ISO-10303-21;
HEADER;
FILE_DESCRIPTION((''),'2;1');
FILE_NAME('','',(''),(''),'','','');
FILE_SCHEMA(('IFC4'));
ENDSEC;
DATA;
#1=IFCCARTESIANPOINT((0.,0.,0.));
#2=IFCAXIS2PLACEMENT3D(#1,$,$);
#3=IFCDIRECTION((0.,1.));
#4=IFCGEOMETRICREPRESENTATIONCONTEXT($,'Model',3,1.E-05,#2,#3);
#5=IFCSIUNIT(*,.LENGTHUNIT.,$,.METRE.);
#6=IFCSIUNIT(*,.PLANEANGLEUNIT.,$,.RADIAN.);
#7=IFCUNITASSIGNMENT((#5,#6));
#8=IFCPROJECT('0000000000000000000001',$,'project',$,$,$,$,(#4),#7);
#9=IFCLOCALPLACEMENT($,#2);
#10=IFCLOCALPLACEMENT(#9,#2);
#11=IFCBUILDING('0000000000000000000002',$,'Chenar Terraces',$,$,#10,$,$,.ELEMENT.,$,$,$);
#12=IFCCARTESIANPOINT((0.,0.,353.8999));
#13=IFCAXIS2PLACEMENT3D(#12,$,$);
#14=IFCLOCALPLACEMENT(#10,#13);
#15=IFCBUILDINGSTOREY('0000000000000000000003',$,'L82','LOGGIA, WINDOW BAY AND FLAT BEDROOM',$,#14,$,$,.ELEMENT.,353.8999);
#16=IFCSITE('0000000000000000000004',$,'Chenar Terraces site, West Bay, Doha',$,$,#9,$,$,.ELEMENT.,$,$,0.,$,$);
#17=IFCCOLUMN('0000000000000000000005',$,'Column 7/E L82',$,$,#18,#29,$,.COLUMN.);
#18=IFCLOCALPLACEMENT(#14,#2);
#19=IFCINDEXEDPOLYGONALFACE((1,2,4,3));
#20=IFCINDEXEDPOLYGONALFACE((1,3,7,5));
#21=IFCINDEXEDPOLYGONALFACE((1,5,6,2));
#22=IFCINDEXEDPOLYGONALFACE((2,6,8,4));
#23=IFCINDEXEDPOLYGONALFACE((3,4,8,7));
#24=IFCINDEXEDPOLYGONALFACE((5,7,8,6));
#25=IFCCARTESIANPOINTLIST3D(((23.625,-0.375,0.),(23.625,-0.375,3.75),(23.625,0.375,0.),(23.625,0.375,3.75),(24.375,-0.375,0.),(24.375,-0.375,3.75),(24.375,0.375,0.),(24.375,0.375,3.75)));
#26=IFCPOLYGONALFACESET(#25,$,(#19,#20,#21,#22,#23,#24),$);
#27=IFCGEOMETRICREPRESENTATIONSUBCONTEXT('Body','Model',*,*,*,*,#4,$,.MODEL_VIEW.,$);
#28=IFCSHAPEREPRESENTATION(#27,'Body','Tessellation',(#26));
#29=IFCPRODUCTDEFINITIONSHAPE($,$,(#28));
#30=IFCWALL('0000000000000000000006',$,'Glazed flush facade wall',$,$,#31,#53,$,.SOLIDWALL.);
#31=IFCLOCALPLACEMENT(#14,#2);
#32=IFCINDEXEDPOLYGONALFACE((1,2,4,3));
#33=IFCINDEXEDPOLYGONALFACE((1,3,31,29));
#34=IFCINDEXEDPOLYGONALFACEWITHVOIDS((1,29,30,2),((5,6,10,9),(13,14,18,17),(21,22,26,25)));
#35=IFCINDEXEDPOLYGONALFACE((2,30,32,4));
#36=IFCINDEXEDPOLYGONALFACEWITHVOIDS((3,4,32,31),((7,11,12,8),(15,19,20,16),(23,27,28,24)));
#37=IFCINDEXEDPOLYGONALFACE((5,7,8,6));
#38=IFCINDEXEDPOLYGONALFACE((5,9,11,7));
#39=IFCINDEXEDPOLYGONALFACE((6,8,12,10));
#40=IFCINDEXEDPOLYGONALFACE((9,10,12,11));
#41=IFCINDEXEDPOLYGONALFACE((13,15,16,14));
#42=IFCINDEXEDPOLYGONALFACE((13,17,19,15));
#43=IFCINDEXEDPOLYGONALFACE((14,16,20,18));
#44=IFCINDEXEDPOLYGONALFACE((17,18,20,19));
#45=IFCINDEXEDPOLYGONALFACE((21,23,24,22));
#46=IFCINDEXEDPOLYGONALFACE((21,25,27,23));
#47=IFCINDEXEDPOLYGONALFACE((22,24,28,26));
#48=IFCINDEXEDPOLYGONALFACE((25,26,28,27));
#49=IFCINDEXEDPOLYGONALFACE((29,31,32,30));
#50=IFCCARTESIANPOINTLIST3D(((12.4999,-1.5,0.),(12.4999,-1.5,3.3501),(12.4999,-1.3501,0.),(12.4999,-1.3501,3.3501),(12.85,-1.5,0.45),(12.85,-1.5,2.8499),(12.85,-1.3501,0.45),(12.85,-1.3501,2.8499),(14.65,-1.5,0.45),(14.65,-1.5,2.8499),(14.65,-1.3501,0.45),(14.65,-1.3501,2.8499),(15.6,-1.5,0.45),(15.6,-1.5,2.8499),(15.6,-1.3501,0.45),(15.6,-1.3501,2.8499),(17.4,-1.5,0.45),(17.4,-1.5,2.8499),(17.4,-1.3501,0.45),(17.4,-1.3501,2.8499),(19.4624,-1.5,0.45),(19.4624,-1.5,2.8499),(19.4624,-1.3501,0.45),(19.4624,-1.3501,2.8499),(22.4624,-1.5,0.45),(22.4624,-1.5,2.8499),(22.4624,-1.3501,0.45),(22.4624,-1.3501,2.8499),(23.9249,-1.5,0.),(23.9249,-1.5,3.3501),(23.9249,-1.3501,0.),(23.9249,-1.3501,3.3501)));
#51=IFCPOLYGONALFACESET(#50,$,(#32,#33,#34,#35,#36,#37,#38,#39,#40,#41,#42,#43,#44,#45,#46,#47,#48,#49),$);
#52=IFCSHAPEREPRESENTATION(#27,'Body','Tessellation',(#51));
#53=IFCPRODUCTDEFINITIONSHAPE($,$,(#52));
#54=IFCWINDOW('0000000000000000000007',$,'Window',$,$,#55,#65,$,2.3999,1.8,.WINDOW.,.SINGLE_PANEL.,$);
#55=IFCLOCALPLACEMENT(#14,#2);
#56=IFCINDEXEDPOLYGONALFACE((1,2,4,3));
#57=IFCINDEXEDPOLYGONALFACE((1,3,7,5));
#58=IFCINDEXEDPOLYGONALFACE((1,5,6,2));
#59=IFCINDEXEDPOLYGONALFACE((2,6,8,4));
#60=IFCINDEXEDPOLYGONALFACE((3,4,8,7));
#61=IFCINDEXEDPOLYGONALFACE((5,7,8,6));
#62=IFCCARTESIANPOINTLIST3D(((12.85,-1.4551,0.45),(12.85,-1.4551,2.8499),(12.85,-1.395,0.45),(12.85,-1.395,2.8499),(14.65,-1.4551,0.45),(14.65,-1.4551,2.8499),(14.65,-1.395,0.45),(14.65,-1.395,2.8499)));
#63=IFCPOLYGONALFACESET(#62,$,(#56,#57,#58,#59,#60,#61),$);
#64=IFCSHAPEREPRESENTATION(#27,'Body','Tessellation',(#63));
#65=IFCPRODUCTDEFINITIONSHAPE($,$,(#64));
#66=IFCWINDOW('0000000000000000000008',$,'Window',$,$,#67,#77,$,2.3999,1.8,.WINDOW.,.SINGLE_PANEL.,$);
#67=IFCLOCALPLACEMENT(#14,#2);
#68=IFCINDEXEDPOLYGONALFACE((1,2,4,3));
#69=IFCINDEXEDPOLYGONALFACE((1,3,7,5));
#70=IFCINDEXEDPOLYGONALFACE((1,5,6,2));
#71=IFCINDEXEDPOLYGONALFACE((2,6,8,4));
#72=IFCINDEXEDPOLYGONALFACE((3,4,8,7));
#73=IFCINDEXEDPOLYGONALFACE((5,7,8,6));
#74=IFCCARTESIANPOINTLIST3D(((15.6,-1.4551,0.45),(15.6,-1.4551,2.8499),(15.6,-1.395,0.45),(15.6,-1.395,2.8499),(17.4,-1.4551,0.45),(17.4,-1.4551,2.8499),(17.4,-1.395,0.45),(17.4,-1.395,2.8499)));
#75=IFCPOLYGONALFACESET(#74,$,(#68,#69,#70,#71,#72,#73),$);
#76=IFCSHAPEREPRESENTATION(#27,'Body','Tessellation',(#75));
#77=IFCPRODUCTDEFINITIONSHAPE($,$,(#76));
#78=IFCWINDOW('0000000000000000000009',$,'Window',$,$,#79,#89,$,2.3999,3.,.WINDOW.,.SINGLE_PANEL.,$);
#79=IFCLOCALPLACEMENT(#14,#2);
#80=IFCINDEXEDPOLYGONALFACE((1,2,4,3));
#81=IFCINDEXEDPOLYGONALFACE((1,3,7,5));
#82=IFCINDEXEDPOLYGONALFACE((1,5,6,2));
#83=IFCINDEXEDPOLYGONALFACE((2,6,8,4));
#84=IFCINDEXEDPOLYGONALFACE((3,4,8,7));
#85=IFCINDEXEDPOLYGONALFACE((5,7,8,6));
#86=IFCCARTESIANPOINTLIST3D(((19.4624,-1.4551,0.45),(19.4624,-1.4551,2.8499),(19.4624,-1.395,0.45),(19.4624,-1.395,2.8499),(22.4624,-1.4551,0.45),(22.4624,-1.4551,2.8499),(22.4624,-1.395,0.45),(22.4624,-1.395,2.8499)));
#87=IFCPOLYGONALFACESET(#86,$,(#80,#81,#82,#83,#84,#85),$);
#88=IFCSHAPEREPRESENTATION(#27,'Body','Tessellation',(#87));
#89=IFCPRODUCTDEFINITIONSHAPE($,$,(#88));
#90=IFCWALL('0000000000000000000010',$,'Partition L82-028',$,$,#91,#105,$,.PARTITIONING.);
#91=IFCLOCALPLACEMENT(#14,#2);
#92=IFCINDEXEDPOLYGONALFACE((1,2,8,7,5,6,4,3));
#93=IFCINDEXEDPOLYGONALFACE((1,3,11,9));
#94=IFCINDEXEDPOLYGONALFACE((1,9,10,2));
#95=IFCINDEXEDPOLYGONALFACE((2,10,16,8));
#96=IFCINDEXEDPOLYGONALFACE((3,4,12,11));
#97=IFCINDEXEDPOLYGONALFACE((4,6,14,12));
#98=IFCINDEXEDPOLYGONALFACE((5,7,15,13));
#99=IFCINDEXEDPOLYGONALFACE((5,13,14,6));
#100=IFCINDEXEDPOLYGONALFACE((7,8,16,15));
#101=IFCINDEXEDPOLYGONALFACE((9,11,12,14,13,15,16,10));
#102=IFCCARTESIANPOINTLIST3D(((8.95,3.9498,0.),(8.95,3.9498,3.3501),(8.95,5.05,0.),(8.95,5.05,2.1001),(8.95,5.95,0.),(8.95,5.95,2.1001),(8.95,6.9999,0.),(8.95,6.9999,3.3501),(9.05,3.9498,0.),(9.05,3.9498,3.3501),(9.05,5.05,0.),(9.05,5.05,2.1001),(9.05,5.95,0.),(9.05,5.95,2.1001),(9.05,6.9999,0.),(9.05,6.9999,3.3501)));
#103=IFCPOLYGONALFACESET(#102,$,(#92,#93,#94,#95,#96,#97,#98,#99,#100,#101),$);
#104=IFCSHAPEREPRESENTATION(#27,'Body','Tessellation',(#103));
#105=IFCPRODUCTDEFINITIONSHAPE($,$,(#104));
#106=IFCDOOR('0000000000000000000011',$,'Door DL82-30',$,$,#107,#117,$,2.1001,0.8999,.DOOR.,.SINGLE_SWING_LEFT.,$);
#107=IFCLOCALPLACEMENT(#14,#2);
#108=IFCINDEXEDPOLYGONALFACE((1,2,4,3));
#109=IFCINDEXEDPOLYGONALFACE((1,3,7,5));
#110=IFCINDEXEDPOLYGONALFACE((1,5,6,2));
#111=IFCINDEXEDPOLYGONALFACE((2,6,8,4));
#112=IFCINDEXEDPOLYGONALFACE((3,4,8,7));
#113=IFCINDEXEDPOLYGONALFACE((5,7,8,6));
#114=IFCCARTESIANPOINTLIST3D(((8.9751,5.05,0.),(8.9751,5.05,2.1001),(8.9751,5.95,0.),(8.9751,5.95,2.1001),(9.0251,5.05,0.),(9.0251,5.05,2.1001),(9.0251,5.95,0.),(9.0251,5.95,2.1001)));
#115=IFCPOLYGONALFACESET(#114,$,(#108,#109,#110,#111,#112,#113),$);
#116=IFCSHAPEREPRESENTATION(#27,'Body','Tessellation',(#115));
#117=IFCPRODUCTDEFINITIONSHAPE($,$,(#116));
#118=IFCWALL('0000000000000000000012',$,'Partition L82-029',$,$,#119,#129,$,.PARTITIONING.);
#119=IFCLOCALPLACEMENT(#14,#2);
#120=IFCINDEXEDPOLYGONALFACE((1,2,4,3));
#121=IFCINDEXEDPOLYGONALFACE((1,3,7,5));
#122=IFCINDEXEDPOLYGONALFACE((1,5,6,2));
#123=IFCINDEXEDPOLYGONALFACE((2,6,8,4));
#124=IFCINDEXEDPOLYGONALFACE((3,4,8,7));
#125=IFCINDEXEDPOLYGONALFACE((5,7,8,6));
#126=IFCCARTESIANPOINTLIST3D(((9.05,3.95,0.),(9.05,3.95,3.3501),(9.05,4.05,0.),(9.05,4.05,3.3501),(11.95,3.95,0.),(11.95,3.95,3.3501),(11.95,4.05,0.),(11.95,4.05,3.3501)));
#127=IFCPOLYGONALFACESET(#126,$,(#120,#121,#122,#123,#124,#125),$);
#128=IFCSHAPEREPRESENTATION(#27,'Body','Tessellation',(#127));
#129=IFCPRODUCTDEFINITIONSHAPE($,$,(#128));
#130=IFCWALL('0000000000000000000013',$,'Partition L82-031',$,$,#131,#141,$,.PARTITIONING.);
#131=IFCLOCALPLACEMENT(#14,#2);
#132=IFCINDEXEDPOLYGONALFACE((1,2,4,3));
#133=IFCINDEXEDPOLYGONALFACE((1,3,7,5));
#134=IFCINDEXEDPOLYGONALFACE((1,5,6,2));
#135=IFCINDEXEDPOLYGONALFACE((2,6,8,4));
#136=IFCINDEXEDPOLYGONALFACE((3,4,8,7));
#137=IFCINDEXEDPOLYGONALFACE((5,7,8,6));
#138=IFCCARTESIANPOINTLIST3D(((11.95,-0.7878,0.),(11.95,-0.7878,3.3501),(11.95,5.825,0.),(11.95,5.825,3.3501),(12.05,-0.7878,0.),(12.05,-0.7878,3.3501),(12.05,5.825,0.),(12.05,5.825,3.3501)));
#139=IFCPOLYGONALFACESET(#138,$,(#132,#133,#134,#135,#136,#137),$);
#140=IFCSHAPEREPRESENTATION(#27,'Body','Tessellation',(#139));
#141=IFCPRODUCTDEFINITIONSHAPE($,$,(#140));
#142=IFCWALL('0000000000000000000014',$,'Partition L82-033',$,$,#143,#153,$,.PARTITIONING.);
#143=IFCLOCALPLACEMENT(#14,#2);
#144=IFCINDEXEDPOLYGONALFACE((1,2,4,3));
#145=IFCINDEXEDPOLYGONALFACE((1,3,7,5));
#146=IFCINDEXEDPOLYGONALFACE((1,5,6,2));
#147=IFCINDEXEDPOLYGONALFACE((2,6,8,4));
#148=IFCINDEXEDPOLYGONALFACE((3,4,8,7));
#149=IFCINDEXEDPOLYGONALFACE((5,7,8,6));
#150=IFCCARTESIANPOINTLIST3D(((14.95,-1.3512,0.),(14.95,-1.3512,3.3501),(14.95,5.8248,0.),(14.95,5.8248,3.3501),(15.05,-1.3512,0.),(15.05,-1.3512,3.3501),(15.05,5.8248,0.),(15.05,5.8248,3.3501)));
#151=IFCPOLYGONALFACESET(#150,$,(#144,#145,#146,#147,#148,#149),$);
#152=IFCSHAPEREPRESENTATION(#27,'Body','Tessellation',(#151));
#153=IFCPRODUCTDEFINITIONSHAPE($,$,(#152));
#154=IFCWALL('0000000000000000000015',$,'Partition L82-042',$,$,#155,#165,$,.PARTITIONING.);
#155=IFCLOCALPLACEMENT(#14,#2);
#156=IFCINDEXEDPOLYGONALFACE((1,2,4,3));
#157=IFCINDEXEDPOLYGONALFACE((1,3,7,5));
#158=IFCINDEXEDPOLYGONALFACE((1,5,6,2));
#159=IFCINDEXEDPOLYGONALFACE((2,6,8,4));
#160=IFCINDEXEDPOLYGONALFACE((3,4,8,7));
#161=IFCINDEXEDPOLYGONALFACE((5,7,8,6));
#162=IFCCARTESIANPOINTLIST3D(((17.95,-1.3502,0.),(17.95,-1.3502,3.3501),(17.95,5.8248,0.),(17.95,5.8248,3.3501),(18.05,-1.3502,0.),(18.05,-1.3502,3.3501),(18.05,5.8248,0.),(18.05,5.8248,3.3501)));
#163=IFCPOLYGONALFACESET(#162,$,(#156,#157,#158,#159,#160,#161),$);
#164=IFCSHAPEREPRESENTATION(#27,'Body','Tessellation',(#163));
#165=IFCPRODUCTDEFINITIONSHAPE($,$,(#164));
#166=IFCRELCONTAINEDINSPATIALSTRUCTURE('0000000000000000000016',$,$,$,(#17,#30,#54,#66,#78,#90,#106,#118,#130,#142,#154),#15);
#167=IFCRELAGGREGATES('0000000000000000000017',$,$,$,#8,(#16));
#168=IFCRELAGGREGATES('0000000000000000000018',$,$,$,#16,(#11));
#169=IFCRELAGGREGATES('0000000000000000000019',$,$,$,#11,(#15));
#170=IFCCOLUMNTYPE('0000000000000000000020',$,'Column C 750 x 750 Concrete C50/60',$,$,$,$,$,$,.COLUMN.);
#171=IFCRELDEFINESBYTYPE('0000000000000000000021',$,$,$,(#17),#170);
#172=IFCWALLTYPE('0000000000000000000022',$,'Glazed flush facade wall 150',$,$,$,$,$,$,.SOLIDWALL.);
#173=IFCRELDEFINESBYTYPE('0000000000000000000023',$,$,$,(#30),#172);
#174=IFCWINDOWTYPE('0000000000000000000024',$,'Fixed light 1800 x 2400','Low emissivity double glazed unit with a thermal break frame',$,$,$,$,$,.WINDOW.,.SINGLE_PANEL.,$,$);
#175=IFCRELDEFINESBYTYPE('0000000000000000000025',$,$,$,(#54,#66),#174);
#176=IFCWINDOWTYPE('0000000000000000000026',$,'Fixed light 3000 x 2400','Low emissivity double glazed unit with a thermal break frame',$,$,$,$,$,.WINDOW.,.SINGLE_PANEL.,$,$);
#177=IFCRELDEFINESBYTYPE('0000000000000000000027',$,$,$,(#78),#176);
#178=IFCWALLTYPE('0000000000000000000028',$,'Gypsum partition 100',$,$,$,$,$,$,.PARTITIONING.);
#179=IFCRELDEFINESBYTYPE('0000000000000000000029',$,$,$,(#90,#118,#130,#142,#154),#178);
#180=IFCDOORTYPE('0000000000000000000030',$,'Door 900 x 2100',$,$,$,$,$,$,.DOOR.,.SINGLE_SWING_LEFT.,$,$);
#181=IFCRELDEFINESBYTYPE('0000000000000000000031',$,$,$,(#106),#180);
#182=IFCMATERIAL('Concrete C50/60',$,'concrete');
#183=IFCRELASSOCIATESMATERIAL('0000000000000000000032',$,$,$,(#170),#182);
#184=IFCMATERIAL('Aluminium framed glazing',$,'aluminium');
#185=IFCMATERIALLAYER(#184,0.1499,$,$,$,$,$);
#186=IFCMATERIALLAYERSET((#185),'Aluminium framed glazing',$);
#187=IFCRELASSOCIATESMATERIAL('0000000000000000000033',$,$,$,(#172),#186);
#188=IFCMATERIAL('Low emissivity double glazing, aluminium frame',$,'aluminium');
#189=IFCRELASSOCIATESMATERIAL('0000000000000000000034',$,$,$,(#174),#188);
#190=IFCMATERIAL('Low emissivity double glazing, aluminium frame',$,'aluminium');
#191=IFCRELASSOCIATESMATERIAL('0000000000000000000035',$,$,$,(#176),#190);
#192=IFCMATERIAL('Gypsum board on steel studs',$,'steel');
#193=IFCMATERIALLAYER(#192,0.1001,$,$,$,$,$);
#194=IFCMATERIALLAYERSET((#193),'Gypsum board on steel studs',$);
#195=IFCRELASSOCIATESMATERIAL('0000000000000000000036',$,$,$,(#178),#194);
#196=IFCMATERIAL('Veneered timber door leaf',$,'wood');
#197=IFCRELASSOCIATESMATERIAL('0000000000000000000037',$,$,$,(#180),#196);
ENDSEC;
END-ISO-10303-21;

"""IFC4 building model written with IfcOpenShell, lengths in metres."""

from ifc_helpers import new_model, si_unit, direction, frame, frame_2d, origin, origin_2d, place, context, subcontext, project, spatial, rectangle, extrude, material, layer, layer_set, material_profile, profile_set, type_object, element, fill, save


model = new_model("IFC4")

# Units and contexts
model_context = context("Model", 3, precision=1e-05, world=origin(), true_north=direction((0.0, 1.0)))
body_context = subcontext(model_context, "Body", "Model", "MODEL_VIEW")
ifc_project = project(units=[si_unit("LENGTHUNIT", "METRE"), si_unit("PLANEANGLEUNIT", "RADIAN")], contexts=[model_context])

# Site, building, storey
site_placement = place(None, origin())
site = spatial("IfcSite", under=ifc_project, at=site_placement, Name="Chenar Terraces site, West Bay, Doha", CompositionType="ELEMENT", RefElevation=0.0)
building_placement = place(site_placement, origin())
building = spatial("IfcBuilding", under=site, at=building_placement, Name="Chenar Terraces", CompositionType="ELEMENT")
storey_placement = place(building_placement, frame((0.0, 0.0, 353.8999)))
storey = spatial("IfcBuildingStorey", under=building, at=storey_placement, Name="L82", Description="LOGGIA, WINDOW BAY AND FLAT BEDROOM", CompositionType="ELEMENT", Elevation=353.8999)

# Column
ifc_material_1 = material(Name="Concrete C50/60", Category="concrete")
ifc_material_profile_1 = material_profile(ifc_material_1, rectangle(XDim=0.75, YDim=0.75, at=origin_2d()), Name="C 750 x 750")
ifc_profile_set_1 = profile_set([ifc_material_profile_1], Name="Concrete C50/60")
column_type = type_object("IfcColumnType", Name="Column C 750 x 750 Concrete C50/60", PredefinedType="COLUMN", material=ifc_profile_set_1)
column_placement = place(storey_placement, frame((24.0, 0.0, 0.0), z_axis=(0.0, 0.0, 1.0), x_axis=(1.0, 0.0, 0.0)))
element("IfcColumn", 1, at=column_placement, inside=storey, type_object=column_type, Name="Column 7/E L82", PredefinedType="COLUMN", context=body_context, shape_type="SweptSolid", body=[
    extrude(rectangle(XDim=0.75, YDim=0.75, at=origin_2d()), origin(), (0.0, 0.0, 1.0), 3.75),
])

# Wall, openings, windows
ifc_material_2 = material(Name="Aluminium framed glazing", Category="aluminium")
ifc_layer_1 = layer(ifc_material_2, 0.1499)
ifc_layer_set_1 = layer_set([ifc_layer_1], Name="Aluminium framed glazing")
wall_type_1 = type_object("IfcWallType", Name="Glazed flush facade wall 150", PredefinedType="SOLIDWALL", material=ifc_layer_set_1)
wall_1_placement = place(storey_placement, frame((12.5, -1.425, 0.0), z_axis=(0.0, 0.0, 1.0), x_axis=(1.0, 0.0, 0.0)))
wall_1 = element("IfcWall", 2, at=wall_1_placement, inside=storey, type_object=wall_type_1, Name="Glazed flush facade wall", PredefinedType="SOLIDWALL", context=body_context, shape_type="SweptSolid", body=[
    extrude(rectangle(XDim=11.425, YDim=0.1499, at=frame_2d((5.7124, 0.0))), origin(), (0.0, 0.0, 1.0), 3.3501),
])
opening_1_placement = place(wall_1_placement, frame((0.3501, 0.0, 0.45)))
opening_1 = element("IfcOpeningElement", 3, at=opening_1_placement, cuts=wall_1, PredefinedType="OPENING", context=body_context, shape_type="SweptSolid", body=[
    extrude(rectangle(XDim=1.8, YDim=2.3999, at=frame_2d((0.8999, 1.2))), frame((0.0, 0.085, 0.0), z_axis=(0.0, -1.0, 0.0), x_axis=(1.0, 0.0, 0.0)), (0.0, 0.0, 1.0), 0.1699),
])
opening_2_placement = place(wall_1_placement, frame((3.1001, 0.0, 0.45)))
opening_2 = element("IfcOpeningElement", 4, at=opening_2_placement, cuts=wall_1, PredefinedType="OPENING", context=body_context, shape_type="SweptSolid", body=[
    extrude(rectangle(XDim=1.8, YDim=2.3999, at=frame_2d((0.8999, 1.2))), frame((0.0, 0.085, 0.0), z_axis=(0.0, -1.0, 0.0), x_axis=(1.0, 0.0, 0.0)), (0.0, 0.0, 1.0), 0.1699),
])
opening_3_placement = place(wall_1_placement, frame((6.9624, 0.0, 0.45)))
opening_3 = element("IfcOpeningElement", 5, at=opening_3_placement, cuts=wall_1, PredefinedType="OPENING", context=body_context, shape_type="SweptSolid", body=[
    extrude(rectangle(XDim=3.0, YDim=2.3999, at=frame_2d((1.5, 1.2))), frame((0.0, 0.085, 0.0), z_axis=(0.0, -1.0, 0.0), x_axis=(1.0, 0.0, 0.0)), (0.0, 0.0, 1.0), 0.1699),
])
ifc_material_3 = material(Name="Low emissivity double glazing, aluminium frame", Category="aluminium")
window_type_1 = type_object("IfcWindowType", Name="Fixed light 1800 x 2400", Description="Low emissivity double glazed unit with a thermal break frame", PartitioningType="SINGLE_PANEL", PredefinedType="WINDOW", material=ifc_material_3)
window_1_placement = place(opening_1_placement, origin())
window_1 = element("IfcWindow", 6, at=window_1_placement, inside=storey, type_object=window_type_1, Name="Window", OverallHeight=2.3999, OverallWidth=1.8, PartitioningType="SINGLE_PANEL", PredefinedType="WINDOW", context=body_context, shape_type="SweptSolid", body=[
    extrude(rectangle(XDim=1.8, YDim=2.3999, at=frame_2d((0.8999, 1.2))), frame((0.0, 0.03, 0.0), z_axis=(0.0, -1.0, 0.0), x_axis=(1.0, 0.0, 0.0)), (0.0, 0.0, 1.0), 0.0601),
])
fill(opening_1, window_1)
window_2_placement = place(opening_2_placement, origin())
window_2 = element("IfcWindow", 7, at=window_2_placement, inside=storey, type_object=window_type_1, Name="Window", OverallHeight=2.3999, OverallWidth=1.8, PartitioningType="SINGLE_PANEL", PredefinedType="WINDOW", context=body_context, shape_type="SweptSolid", body=[
    extrude(rectangle(XDim=1.8, YDim=2.3999, at=frame_2d((0.8999, 1.2))), frame((0.0, 0.03, 0.0), z_axis=(0.0, -1.0, 0.0), x_axis=(1.0, 0.0, 0.0)), (0.0, 0.0, 1.0), 0.0601),
])
fill(opening_2, window_2)
ifc_material_4 = material(Name="Low emissivity double glazing, aluminium frame", Category="aluminium")
window_type_2 = type_object("IfcWindowType", Name="Fixed light 3000 x 2400", Description="Low emissivity double glazed unit with a thermal break frame", PartitioningType="SINGLE_PANEL", PredefinedType="WINDOW", material=ifc_material_4)
window_3_placement = place(opening_3_placement, origin())
window_3 = element("IfcWindow", 8, at=window_3_placement, inside=storey, type_object=window_type_2, Name="Window", OverallHeight=2.3999, OverallWidth=3.0, PartitioningType="SINGLE_PANEL", PredefinedType="WINDOW", context=body_context, shape_type="SweptSolid", body=[
    extrude(rectangle(XDim=3.0, YDim=2.3999, at=frame_2d((1.5, 1.2))), frame((0.0, 0.03, 0.0), z_axis=(0.0, -1.0, 0.0), x_axis=(1.0, 0.0, 0.0)), (0.0, 0.0, 1.0), 0.0601),
])
fill(opening_3, window_3)

# Wall, opening, door
ifc_material_5 = material(Name="Gypsum board on steel studs", Category="steel")
ifc_layer_2 = layer(ifc_material_5, 0.1001)
ifc_layer_set_2 = layer_set([ifc_layer_2], Name="Gypsum board on steel studs")
wall_type_2 = type_object("IfcWallType", Name="Gypsum partition 100", PredefinedType="PARTITIONING", material=ifc_layer_set_2)
wall_2_placement = place(storey_placement, frame((9.0, 3.95, 0.0), z_axis=(0.0, 0.0, 1.0), x_axis=(0.0, 1.0, 0.0)))
wall_2 = element("IfcWall", 9, at=wall_2_placement, inside=storey, type_object=wall_type_2, Name="Partition L82-028", PredefinedType="PARTITIONING", context=body_context, shape_type="SweptSolid", body=[
    extrude(rectangle(XDim=3.05, YDim=0.1001, at=frame_2d((1.5249, 0.0))), origin(), (0.0, 0.0, 1.0), 3.3501),
])
opening_4_placement = place(wall_2_placement, frame((1.1001, 0.0, 0.0)))
opening_4 = element("IfcOpeningElement", 10, at=opening_4_placement, cuts=wall_2, PredefinedType="OPENING", context=body_context, shape_type="SweptSolid", body=[
    extrude(rectangle(XDim=0.8999, YDim=2.1001, at=frame_2d((0.45, 1.05))), frame((0.0, 0.0601, 0.0), z_axis=(0.0, -1.0, 0.0), x_axis=(1.0, 0.0, 0.0)), (0.0, 0.0, 1.0), 0.1201),
])
ifc_material_6 = material(Name="Veneered timber door leaf", Category="wood")
door_type = type_object("IfcDoorType", Name="Door 900 x 2100", OperationType="SINGLE_SWING_LEFT", PredefinedType="DOOR", material=ifc_material_6)
door_placement = place(opening_4_placement, origin())
door = element("IfcDoor", 11, at=door_placement, inside=storey, type_object=door_type, Name="Door DL82-30", OperationType="SINGLE_SWING_LEFT", OverallHeight=2.1001, OverallWidth=0.8999, PredefinedType="DOOR", context=body_context, shape_type="SweptSolid", body=[
    extrude(rectangle(XDim=0.8999, YDim=2.1001, at=frame_2d((0.45, 1.05))), frame((0.0, 0.0249, 0.0), z_axis=(0.0, -1.0, 0.0), x_axis=(1.0, 0.0, 0.0)), (0.0, 0.0, 1.0), 0.05),
])
fill(opening_4, door)

# Walls
wall_3_placement = place(storey_placement, frame((9.05, 4.0, 0.0), z_axis=(0.0, 0.0, 1.0), x_axis=(1.0, 0.0, 0.0)))
element("IfcWall", 12, at=wall_3_placement, inside=storey, type_object=wall_type_2, Name="Partition L82-029", PredefinedType="PARTITIONING", context=body_context, shape_type="SweptSolid", body=[
    extrude(rectangle(XDim=2.8999, YDim=0.1001, at=frame_2d((1.45, 0.0))), origin(), (0.0, 0.0, 1.0), 3.3501),
])
wall_4_placement = place(storey_placement, frame((12.0, -0.7878, 0.0), z_axis=(0.0, 0.0, 1.0), x_axis=(0.0, 1.0, 0.0)))
element("IfcWall", 13, at=wall_4_placement, inside=storey, type_object=wall_type_2, Name="Partition L82-031", PredefinedType="PARTITIONING", context=body_context, shape_type="SweptSolid", body=[
    extrude(rectangle(XDim=6.6128, YDim=0.1001, at=frame_2d((3.3064, 0.0))), origin(), (0.0, 0.0, 1.0), 3.3501),
])
wall_5_placement = place(storey_placement, frame((15.0, -1.3511, 0.0), z_axis=(0.0, 0.0, 1.0), x_axis=(0.0, 1.0, 0.0)))
element("IfcWall", 14, at=wall_5_placement, inside=storey, type_object=wall_type_2, Name="Partition L82-033", PredefinedType="PARTITIONING", context=body_context, shape_type="SweptSolid", body=[
    extrude(rectangle(XDim=7.176, YDim=0.1001, at=frame_2d((3.5879, 0.0))), origin(), (0.0, 0.0, 1.0), 3.3501),
])
wall_6_placement = place(storey_placement, frame((18.0, -1.3501, 0.0), z_axis=(0.0, 0.0, 1.0), x_axis=(0.0, 1.0, 0.0)))
element("IfcWall", 15, at=wall_6_placement, inside=storey, type_object=wall_type_2, Name="Partition L82-042", PredefinedType="PARTITIONING", context=body_context, shape_type="SweptSolid", body=[
    extrude(rectangle(XDim=7.175, YDim=0.1001, at=frame_2d((3.5874, 0.0))), origin(), (0.0, 0.0, 1.0), 3.3501),
])

save(model, "model.ifc")
